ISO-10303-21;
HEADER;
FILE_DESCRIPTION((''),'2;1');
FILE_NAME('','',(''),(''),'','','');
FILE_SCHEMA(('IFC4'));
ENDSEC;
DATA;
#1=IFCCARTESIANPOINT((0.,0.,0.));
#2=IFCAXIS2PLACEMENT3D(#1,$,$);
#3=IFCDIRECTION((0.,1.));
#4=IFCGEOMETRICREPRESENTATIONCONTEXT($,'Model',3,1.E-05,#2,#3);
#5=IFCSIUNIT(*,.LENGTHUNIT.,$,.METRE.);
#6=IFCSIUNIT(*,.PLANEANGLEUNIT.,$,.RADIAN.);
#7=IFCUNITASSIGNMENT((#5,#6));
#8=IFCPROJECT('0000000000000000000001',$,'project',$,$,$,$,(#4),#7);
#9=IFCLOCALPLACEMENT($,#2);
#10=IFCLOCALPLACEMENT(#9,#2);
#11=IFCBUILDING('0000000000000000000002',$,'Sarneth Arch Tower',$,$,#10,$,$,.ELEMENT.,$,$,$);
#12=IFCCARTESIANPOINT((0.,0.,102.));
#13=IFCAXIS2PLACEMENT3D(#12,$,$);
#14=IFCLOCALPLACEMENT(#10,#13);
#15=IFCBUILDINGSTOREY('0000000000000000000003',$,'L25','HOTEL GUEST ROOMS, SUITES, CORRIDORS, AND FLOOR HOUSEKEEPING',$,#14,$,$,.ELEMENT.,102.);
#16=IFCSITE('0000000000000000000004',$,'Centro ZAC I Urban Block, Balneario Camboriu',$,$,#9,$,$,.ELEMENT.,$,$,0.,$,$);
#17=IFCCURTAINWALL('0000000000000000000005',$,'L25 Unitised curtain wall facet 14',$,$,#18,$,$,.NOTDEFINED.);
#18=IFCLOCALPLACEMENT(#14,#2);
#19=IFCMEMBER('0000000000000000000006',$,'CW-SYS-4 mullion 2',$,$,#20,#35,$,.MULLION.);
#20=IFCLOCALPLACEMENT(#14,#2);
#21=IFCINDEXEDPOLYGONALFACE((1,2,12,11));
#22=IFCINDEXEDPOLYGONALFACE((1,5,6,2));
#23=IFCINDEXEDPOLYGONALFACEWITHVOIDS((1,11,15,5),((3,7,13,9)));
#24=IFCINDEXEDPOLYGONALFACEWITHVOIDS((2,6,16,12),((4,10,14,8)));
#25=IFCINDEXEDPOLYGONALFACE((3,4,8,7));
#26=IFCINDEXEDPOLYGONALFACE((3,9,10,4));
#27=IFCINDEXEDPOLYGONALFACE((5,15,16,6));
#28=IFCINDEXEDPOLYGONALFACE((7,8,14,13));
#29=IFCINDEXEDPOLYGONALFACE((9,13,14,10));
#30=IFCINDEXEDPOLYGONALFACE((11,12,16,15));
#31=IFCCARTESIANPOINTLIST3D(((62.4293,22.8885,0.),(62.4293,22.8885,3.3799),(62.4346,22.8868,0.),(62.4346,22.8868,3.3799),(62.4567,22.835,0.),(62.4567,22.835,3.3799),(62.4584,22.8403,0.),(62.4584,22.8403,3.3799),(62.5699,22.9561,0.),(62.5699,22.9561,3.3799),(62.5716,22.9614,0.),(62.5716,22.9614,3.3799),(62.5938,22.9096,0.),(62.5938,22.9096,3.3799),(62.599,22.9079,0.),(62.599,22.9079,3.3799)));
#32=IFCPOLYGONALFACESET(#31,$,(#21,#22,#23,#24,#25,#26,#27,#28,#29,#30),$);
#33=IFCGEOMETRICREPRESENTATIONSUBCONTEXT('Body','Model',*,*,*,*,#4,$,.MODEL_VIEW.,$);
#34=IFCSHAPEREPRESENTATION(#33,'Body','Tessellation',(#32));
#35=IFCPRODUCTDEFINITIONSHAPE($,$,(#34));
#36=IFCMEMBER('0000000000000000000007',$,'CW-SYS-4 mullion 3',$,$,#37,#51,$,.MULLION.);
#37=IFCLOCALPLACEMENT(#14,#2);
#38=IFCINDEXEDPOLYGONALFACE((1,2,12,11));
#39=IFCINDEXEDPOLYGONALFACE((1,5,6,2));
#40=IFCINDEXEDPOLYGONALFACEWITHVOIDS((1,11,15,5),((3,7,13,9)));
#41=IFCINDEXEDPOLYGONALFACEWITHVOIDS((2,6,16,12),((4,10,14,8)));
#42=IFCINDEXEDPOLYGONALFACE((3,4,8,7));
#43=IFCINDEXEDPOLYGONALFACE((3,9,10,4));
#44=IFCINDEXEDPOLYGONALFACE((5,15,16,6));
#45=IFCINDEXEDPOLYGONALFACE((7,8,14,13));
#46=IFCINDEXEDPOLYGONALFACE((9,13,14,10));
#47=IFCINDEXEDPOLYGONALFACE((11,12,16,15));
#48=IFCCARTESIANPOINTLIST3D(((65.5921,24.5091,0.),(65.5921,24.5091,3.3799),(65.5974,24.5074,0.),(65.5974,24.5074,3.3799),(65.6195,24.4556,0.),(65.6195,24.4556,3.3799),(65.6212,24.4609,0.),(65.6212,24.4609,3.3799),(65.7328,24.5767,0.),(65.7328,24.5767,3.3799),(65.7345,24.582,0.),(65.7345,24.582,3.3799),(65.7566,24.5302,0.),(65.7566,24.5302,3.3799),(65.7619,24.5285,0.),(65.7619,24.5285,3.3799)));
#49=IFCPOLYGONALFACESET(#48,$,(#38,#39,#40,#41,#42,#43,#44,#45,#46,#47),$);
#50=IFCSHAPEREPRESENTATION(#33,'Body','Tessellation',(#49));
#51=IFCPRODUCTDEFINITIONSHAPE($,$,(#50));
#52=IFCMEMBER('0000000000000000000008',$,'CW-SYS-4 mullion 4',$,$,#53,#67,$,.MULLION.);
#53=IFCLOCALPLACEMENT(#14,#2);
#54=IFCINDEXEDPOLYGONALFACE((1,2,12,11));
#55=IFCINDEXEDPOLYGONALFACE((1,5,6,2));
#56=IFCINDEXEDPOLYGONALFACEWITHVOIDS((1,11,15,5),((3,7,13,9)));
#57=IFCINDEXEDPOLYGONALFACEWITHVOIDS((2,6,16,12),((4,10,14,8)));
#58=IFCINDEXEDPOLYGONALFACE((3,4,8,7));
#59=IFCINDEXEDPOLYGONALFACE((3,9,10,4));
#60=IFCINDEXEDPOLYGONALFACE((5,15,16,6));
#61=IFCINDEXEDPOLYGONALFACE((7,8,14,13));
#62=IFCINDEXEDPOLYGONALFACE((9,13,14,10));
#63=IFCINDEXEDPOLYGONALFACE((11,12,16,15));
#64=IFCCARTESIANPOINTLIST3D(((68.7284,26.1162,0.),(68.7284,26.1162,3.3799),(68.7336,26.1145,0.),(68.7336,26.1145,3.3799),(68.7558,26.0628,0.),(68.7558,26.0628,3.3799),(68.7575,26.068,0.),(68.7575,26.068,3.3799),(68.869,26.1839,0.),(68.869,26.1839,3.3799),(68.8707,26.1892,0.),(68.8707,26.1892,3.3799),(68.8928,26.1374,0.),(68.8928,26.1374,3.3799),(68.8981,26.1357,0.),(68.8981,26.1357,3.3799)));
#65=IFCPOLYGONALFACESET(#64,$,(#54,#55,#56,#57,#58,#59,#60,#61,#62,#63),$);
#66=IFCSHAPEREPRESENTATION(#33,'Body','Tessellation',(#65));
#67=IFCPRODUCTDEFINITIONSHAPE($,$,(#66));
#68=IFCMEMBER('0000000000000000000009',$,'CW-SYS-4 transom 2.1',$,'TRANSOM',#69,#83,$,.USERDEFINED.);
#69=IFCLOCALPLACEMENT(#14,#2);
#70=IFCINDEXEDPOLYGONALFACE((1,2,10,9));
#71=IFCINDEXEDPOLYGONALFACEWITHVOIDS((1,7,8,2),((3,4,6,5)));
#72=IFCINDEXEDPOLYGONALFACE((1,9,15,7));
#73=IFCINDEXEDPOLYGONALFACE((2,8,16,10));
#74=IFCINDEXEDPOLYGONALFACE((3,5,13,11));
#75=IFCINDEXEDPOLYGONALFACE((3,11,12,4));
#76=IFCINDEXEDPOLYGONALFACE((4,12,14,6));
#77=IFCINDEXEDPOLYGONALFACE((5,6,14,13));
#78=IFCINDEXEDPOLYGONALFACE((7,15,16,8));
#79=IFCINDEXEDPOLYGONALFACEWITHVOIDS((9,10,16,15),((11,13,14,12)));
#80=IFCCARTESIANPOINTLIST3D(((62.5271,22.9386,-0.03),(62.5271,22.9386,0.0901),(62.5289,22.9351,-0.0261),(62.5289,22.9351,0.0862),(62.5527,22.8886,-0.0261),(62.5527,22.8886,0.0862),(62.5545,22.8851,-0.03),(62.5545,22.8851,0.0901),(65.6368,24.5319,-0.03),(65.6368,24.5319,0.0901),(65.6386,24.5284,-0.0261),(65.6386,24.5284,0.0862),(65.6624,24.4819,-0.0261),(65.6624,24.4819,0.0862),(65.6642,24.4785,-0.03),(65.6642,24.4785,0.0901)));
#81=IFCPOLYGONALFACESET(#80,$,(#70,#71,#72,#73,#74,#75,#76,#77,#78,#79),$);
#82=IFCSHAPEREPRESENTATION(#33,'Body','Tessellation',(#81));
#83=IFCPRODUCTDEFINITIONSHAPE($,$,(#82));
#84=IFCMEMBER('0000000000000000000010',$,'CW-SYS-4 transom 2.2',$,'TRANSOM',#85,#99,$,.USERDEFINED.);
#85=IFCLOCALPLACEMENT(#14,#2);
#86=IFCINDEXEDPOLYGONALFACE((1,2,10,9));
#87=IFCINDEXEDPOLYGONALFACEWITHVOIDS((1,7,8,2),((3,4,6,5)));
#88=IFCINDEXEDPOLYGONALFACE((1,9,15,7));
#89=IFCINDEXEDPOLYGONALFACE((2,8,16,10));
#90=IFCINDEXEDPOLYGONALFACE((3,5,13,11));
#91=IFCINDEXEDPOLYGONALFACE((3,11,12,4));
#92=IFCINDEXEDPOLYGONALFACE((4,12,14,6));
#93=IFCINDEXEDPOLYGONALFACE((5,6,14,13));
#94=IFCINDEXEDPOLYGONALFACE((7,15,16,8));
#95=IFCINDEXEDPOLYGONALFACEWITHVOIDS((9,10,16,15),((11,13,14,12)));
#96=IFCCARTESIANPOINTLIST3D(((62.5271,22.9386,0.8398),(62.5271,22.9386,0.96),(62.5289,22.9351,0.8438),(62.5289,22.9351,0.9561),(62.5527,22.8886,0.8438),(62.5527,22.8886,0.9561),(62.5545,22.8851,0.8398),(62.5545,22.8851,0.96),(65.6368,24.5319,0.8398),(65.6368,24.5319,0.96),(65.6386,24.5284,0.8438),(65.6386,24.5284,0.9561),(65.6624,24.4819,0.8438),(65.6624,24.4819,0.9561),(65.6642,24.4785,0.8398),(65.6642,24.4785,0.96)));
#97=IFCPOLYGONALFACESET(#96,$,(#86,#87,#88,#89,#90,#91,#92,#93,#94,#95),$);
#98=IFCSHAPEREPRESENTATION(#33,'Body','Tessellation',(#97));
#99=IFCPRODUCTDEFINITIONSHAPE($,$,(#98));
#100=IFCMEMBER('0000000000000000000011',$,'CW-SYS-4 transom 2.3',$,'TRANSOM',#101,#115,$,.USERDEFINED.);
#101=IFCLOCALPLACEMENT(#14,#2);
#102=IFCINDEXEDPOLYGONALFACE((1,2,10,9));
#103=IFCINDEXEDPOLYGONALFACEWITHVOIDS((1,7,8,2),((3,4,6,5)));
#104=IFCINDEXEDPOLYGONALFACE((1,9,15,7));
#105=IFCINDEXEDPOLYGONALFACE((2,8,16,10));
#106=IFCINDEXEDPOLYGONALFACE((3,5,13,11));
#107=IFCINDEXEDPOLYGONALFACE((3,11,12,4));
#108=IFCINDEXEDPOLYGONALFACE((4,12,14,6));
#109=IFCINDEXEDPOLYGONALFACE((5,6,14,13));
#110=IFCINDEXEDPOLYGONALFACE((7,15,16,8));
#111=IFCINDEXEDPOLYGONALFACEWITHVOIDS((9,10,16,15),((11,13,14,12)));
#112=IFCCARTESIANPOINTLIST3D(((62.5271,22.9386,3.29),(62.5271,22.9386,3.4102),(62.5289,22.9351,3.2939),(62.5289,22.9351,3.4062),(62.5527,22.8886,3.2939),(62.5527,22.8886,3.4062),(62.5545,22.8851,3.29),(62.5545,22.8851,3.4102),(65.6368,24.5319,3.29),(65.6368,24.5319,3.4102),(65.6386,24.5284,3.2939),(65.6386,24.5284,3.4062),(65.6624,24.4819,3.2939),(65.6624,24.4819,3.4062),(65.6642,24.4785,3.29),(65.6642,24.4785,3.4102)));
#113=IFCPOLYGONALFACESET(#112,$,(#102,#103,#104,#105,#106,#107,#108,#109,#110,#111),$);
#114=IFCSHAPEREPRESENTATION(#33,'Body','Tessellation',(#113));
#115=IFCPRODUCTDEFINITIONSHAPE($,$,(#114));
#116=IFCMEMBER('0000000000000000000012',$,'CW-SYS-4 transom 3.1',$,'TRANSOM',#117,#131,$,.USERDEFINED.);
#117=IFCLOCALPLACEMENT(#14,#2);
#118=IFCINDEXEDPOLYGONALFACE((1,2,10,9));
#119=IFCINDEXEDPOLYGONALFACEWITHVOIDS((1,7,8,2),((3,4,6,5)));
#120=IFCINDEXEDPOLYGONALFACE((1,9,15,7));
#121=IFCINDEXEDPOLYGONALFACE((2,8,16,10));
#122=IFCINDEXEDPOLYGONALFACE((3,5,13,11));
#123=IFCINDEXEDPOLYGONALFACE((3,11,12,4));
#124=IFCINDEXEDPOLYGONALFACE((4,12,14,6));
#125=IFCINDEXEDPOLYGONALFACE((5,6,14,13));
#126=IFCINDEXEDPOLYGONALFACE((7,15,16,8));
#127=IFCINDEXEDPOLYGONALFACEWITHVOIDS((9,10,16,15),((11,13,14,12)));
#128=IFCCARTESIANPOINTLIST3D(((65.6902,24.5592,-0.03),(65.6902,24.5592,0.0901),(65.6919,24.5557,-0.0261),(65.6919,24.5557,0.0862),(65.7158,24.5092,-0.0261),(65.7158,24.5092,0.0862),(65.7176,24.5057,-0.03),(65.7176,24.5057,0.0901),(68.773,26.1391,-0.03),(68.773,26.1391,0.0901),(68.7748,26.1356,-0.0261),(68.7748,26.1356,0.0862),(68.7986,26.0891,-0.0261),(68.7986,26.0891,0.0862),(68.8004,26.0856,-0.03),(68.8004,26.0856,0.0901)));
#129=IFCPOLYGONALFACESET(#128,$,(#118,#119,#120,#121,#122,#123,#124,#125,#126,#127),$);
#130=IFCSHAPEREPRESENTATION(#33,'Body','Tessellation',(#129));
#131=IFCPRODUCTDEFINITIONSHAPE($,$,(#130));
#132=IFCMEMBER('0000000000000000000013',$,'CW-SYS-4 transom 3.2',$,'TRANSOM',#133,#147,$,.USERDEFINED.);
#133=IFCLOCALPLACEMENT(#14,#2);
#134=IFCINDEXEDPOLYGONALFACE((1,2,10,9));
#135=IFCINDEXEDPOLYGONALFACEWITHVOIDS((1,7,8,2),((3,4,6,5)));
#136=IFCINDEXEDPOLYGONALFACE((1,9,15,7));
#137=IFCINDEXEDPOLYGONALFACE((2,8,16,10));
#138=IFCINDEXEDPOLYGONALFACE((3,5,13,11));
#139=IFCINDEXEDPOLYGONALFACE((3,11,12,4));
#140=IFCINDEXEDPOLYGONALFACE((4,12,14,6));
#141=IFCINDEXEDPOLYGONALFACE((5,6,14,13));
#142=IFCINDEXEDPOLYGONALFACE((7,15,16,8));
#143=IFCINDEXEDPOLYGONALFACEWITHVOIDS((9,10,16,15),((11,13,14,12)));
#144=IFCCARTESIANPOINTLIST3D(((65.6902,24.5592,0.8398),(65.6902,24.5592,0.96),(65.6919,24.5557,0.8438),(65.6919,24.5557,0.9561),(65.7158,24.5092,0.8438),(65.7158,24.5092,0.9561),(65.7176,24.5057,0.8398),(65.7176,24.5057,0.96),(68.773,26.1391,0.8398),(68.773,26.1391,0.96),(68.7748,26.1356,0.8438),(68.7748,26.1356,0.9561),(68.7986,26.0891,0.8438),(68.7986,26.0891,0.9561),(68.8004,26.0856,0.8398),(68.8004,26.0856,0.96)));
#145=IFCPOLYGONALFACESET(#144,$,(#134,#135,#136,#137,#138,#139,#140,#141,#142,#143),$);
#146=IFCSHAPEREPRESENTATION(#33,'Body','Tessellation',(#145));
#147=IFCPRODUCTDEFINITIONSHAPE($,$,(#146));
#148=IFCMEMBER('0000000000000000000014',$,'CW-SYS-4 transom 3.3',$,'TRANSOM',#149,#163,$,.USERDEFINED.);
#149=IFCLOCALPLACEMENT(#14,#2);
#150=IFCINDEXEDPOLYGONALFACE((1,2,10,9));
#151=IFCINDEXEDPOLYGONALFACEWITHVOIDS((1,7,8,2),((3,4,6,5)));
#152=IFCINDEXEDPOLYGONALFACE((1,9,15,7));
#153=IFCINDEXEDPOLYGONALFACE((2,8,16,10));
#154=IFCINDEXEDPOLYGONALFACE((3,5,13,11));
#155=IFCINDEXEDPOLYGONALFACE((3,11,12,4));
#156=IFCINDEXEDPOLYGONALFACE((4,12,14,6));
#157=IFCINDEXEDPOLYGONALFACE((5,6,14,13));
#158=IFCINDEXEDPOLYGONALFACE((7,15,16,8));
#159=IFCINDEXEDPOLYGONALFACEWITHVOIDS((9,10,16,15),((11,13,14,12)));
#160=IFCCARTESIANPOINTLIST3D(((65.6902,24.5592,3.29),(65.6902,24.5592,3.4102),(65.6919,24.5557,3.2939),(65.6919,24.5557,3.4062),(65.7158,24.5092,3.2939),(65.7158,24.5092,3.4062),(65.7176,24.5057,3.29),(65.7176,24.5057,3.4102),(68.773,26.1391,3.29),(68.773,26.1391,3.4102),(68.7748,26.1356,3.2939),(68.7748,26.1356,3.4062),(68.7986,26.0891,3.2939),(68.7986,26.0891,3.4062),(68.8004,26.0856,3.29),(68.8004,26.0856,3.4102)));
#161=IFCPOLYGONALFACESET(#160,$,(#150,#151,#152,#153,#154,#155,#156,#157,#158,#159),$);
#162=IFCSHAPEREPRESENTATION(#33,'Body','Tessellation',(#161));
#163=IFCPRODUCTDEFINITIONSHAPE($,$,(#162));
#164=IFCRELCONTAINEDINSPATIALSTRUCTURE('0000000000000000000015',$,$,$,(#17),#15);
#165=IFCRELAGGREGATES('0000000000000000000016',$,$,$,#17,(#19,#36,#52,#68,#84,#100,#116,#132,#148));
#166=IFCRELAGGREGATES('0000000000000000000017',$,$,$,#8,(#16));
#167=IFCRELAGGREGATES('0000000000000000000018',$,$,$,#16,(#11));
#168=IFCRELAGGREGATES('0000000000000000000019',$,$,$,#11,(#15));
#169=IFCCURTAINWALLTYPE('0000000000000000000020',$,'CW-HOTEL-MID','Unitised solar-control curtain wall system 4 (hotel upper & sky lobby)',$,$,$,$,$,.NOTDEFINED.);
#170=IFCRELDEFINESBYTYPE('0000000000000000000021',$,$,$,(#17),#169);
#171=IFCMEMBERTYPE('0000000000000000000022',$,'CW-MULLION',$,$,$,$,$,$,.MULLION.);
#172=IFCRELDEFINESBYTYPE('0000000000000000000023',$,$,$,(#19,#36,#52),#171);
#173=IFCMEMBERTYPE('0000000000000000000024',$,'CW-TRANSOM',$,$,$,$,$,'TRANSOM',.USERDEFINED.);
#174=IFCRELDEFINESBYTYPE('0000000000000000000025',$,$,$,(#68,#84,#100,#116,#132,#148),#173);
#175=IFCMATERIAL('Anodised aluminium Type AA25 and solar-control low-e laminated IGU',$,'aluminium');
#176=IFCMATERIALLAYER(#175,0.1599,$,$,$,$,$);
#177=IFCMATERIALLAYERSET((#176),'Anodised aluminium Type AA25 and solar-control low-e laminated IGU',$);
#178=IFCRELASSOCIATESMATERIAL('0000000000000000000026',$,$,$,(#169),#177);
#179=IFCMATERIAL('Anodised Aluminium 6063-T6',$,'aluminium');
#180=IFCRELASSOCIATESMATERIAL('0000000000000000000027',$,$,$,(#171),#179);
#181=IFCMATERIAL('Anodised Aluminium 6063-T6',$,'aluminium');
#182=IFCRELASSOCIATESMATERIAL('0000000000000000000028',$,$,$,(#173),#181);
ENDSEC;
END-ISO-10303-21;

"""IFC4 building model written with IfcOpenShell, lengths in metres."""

from ifc_helpers import new_model, si_unit, direction, frame, origin, origin_2d, place, context, subcontext, project, spatial, hollow_rectangle, extrude, material, layer, layer_set, material_profile, profile_set, type_object, element, aggregate, save


model = new_model("IFC4")

# Units and contexts
model_context = context("Model", 3, precision=1e-05, world=origin(), true_north=direction((0.0, 1.0)))
body_context = subcontext(model_context, "Body", "Model", "MODEL_VIEW")
ifc_project = project(units=[si_unit("LENGTHUNIT", "METRE"), si_unit("PLANEANGLEUNIT", "RADIAN")], contexts=[model_context])

# Site, building, storey
site_placement = place(None, origin())
site = spatial("IfcSite", under=ifc_project, at=site_placement, Name="Centro ZAC I Urban Block, Balneario Camboriu", CompositionType="ELEMENT", RefElevation=0.0)
building_placement = place(site_placement, origin())
building = spatial("IfcBuilding", under=site, at=building_placement, Name="Sarneth Arch Tower", CompositionType="ELEMENT")
storey_placement = place(building_placement, frame((0.0, 0.0, 102.0)))
storey = spatial("IfcBuildingStorey", under=building, at=storey_placement, Name="L25", Description="HOTEL GUEST ROOMS, SUITES, CORRIDORS, AND FLOOR HOUSEKEEPING", CompositionType="ELEMENT", Elevation=102.0)

# Curtain wall, members
ifc_material_1 = material(Name="Anodised aluminium Type AA25 and solar-control low-e laminated IGU", Category="aluminium")
ifc_layer_1 = layer(ifc_material_1, 0.1599)
ifc_layer_set_1 = layer_set([ifc_layer_1], Name="Anodised aluminium Type AA25 and solar-control low-e laminated IGU")
curtain_wall_type = type_object("IfcCurtainWallType", Name="CW-HOTEL-MID", Description="Unitised solar-control curtain wall system 4 (hotel upper & sky lobby)", PredefinedType="NOTDEFINED", material=ifc_layer_set_1)
curtain_wall_placement = place(storey_placement, origin())
curtain_wall = element("IfcCurtainWall", 1, at=curtain_wall_placement, inside=storey, type_object=curtain_wall_type, Name="L25 Unitised curtain wall facet 14", PredefinedType="NOTDEFINED")
ifc_material_2 = material(Name="Anodised Aluminium 6063-T6", Category="aluminium")
ifc_material_profile_1 = material_profile(ifc_material_2, hollow_rectangle(XDim=0.0601, YDim=0.1599, WallThickness=0.0039, at=origin_2d()), Name="AL-MULL-160x60x4")
ifc_profile_set_1 = profile_set([ifc_material_profile_1], Name="Anodised Aluminium 6063-T6")
member_type_1 = type_object("IfcMemberType", Name="CW-MULLION", PredefinedType="MULLION", material=ifc_profile_set_1)
member_1_placement = place(storey_placement, frame((62.5142, 22.8982, 0.0), z_axis=(0.0, 0.0, 1.0), x_axis=(-0.456031, 0.889964, 0.0)))
member_1 = element("IfcMember", 2, at=member_1_placement, type_object=member_type_1, Name="CW-SYS-4 mullion 2", PredefinedType="MULLION", context=body_context, shape_type="SweptSolid", body=[
    extrude(hollow_rectangle(XDim=0.0601, YDim=0.1599, WallThickness=0.0039, at=origin_2d()), origin(), (0.0, 0.0, 1.0), 3.3799),
])
member_2_placement = place(storey_placement, frame((65.677, 24.5188, 0.0), z_axis=(0.0, 0.0, 1.0), x_axis=(-0.456031, 0.889964, 0.0)))
member_2 = element("IfcMember", 3, at=member_2_placement, type_object=member_type_1, Name="CW-SYS-4 mullion 3", PredefinedType="MULLION", context=body_context, shape_type="SweptSolid", body=[
    extrude(hollow_rectangle(XDim=0.0601, YDim=0.1599, WallThickness=0.0039, at=origin_2d()), origin(), (0.0, 0.0, 1.0), 3.3799),
])
member_3_placement = place(storey_placement, frame((68.8132, 26.126, 0.0), z_axis=(0.0, 0.0, 1.0), x_axis=(-0.456031, 0.889964, 0.0)))
member_3 = element("IfcMember", 4, at=member_3_placement, type_object=member_type_1, Name="CW-SYS-4 mullion 4", PredefinedType="MULLION", context=body_context, shape_type="SweptSolid", body=[
    extrude(hollow_rectangle(XDim=0.0601, YDim=0.1599, WallThickness=0.0039, at=origin_2d()), origin(), (0.0, 0.0, 1.0), 3.3799),
])
ifc_material_3 = material(Name="Anodised Aluminium 6063-T6", Category="aluminium")
ifc_material_profile_2 = material_profile(ifc_material_3, hollow_rectangle(XDim=0.0601, YDim=0.1201, WallThickness=0.0039, at=origin_2d()), Name="AL-TRAN-120x60x4")
ifc_profile_set_2 = profile_set([ifc_material_profile_2], Name="Anodised Aluminium 6063-T6")
member_type_2 = type_object("IfcMemberType", Name="CW-TRANSOM", ElementType="TRANSOM", PredefinedType="USERDEFINED", material=ifc_profile_set_2)
member_4_placement = place(storey_placement, frame((62.5408, 22.9119, 0.03), z_axis=(0.889982, 0.455996, 0.0), x_axis=(-0.455996, 0.889982, 0.0)))
member_4 = element("IfcMember", 5, at=member_4_placement, type_object=member_type_2, Name="CW-SYS-4 transom 2.1", ObjectType="TRANSOM", PredefinedType="USERDEFINED", context=body_context, shape_type="SweptSolid", body=[
    extrude(hollow_rectangle(XDim=0.0601, YDim=0.1201, WallThickness=0.0039, at=origin_2d()), origin(), (0.0, 0.0, 1.0), 3.4941),
])
member_5_placement = place(storey_placement, frame((62.5408, 22.9119, 0.8999), z_axis=(0.889982, 0.455996, 0.0), x_axis=(-0.455996, 0.889982, 0.0)))
member_5 = element("IfcMember", 6, at=member_5_placement, type_object=member_type_2, Name="CW-SYS-4 transom 2.2", ObjectType="TRANSOM", PredefinedType="USERDEFINED", context=body_context, shape_type="SweptSolid", body=[
    extrude(hollow_rectangle(XDim=0.0601, YDim=0.1201, WallThickness=0.0039, at=origin_2d()), origin(), (0.0, 0.0, 1.0), 3.4941),
])
member_6_placement = place(storey_placement, frame((62.5408, 22.9119, 3.3501), z_axis=(0.889982, 0.455996, 0.0), x_axis=(-0.455996, 0.889982, 0.0)))
member_6 = element("IfcMember", 7, at=member_6_placement, type_object=member_type_2, Name="CW-SYS-4 transom 2.3", ObjectType="TRANSOM", PredefinedType="USERDEFINED", context=body_context, shape_type="SweptSolid", body=[
    extrude(hollow_rectangle(XDim=0.0601, YDim=0.1201, WallThickness=0.0039, at=origin_2d()), origin(), (0.0, 0.0, 1.0), 3.4941),
])
member_7_placement = place(storey_placement, frame((65.7039, 24.5325, 0.03), z_axis=(0.889943, 0.456072, 0.0), x_axis=(-0.456072, 0.889943, 0.0)))
member_7 = element("IfcMember", 8, at=member_7_placement, type_object=member_type_2, Name="CW-SYS-4 transom 3.1", ObjectType="TRANSOM", PredefinedType="USERDEFINED", context=body_context, shape_type="SweptSolid", body=[
    extrude(hollow_rectangle(XDim=0.0601, YDim=0.1201, WallThickness=0.0039, at=origin_2d()), origin(), (0.0, 0.0, 1.0), 3.4641),
])
member_8_placement = place(storey_placement, frame((65.7039, 24.5325, 0.8999), z_axis=(0.889943, 0.456072, 0.0), x_axis=(-0.456072, 0.889943, 0.0)))
member_8 = element("IfcMember", 9, at=member_8_placement, type_object=member_type_2, Name="CW-SYS-4 transom 3.2", ObjectType="TRANSOM", PredefinedType="USERDEFINED", context=body_context, shape_type="SweptSolid", body=[
    extrude(hollow_rectangle(XDim=0.0601, YDim=0.1201, WallThickness=0.0039, at=origin_2d()), origin(), (0.0, 0.0, 1.0), 3.4641),
])
member_9_placement = place(storey_placement, frame((65.7039, 24.5325, 3.3501), z_axis=(0.889943, 0.456072, 0.0), x_axis=(-0.456072, 0.889943, 0.0)))
member_9 = element("IfcMember", 10, at=member_9_placement, type_object=member_type_2, Name="CW-SYS-4 transom 3.3", ObjectType="TRANSOM", PredefinedType="USERDEFINED", context=body_context, shape_type="SweptSolid", body=[
    extrude(hollow_rectangle(XDim=0.0601, YDim=0.1201, WallThickness=0.0039, at=origin_2d()), origin(), (0.0, 0.0, 1.0), 3.4641),
])

aggregate(curtain_wall, [member_1, member_2, member_3, member_4, member_5, member_6, member_7, member_8, member_9])

save(model, "model.ifc")
